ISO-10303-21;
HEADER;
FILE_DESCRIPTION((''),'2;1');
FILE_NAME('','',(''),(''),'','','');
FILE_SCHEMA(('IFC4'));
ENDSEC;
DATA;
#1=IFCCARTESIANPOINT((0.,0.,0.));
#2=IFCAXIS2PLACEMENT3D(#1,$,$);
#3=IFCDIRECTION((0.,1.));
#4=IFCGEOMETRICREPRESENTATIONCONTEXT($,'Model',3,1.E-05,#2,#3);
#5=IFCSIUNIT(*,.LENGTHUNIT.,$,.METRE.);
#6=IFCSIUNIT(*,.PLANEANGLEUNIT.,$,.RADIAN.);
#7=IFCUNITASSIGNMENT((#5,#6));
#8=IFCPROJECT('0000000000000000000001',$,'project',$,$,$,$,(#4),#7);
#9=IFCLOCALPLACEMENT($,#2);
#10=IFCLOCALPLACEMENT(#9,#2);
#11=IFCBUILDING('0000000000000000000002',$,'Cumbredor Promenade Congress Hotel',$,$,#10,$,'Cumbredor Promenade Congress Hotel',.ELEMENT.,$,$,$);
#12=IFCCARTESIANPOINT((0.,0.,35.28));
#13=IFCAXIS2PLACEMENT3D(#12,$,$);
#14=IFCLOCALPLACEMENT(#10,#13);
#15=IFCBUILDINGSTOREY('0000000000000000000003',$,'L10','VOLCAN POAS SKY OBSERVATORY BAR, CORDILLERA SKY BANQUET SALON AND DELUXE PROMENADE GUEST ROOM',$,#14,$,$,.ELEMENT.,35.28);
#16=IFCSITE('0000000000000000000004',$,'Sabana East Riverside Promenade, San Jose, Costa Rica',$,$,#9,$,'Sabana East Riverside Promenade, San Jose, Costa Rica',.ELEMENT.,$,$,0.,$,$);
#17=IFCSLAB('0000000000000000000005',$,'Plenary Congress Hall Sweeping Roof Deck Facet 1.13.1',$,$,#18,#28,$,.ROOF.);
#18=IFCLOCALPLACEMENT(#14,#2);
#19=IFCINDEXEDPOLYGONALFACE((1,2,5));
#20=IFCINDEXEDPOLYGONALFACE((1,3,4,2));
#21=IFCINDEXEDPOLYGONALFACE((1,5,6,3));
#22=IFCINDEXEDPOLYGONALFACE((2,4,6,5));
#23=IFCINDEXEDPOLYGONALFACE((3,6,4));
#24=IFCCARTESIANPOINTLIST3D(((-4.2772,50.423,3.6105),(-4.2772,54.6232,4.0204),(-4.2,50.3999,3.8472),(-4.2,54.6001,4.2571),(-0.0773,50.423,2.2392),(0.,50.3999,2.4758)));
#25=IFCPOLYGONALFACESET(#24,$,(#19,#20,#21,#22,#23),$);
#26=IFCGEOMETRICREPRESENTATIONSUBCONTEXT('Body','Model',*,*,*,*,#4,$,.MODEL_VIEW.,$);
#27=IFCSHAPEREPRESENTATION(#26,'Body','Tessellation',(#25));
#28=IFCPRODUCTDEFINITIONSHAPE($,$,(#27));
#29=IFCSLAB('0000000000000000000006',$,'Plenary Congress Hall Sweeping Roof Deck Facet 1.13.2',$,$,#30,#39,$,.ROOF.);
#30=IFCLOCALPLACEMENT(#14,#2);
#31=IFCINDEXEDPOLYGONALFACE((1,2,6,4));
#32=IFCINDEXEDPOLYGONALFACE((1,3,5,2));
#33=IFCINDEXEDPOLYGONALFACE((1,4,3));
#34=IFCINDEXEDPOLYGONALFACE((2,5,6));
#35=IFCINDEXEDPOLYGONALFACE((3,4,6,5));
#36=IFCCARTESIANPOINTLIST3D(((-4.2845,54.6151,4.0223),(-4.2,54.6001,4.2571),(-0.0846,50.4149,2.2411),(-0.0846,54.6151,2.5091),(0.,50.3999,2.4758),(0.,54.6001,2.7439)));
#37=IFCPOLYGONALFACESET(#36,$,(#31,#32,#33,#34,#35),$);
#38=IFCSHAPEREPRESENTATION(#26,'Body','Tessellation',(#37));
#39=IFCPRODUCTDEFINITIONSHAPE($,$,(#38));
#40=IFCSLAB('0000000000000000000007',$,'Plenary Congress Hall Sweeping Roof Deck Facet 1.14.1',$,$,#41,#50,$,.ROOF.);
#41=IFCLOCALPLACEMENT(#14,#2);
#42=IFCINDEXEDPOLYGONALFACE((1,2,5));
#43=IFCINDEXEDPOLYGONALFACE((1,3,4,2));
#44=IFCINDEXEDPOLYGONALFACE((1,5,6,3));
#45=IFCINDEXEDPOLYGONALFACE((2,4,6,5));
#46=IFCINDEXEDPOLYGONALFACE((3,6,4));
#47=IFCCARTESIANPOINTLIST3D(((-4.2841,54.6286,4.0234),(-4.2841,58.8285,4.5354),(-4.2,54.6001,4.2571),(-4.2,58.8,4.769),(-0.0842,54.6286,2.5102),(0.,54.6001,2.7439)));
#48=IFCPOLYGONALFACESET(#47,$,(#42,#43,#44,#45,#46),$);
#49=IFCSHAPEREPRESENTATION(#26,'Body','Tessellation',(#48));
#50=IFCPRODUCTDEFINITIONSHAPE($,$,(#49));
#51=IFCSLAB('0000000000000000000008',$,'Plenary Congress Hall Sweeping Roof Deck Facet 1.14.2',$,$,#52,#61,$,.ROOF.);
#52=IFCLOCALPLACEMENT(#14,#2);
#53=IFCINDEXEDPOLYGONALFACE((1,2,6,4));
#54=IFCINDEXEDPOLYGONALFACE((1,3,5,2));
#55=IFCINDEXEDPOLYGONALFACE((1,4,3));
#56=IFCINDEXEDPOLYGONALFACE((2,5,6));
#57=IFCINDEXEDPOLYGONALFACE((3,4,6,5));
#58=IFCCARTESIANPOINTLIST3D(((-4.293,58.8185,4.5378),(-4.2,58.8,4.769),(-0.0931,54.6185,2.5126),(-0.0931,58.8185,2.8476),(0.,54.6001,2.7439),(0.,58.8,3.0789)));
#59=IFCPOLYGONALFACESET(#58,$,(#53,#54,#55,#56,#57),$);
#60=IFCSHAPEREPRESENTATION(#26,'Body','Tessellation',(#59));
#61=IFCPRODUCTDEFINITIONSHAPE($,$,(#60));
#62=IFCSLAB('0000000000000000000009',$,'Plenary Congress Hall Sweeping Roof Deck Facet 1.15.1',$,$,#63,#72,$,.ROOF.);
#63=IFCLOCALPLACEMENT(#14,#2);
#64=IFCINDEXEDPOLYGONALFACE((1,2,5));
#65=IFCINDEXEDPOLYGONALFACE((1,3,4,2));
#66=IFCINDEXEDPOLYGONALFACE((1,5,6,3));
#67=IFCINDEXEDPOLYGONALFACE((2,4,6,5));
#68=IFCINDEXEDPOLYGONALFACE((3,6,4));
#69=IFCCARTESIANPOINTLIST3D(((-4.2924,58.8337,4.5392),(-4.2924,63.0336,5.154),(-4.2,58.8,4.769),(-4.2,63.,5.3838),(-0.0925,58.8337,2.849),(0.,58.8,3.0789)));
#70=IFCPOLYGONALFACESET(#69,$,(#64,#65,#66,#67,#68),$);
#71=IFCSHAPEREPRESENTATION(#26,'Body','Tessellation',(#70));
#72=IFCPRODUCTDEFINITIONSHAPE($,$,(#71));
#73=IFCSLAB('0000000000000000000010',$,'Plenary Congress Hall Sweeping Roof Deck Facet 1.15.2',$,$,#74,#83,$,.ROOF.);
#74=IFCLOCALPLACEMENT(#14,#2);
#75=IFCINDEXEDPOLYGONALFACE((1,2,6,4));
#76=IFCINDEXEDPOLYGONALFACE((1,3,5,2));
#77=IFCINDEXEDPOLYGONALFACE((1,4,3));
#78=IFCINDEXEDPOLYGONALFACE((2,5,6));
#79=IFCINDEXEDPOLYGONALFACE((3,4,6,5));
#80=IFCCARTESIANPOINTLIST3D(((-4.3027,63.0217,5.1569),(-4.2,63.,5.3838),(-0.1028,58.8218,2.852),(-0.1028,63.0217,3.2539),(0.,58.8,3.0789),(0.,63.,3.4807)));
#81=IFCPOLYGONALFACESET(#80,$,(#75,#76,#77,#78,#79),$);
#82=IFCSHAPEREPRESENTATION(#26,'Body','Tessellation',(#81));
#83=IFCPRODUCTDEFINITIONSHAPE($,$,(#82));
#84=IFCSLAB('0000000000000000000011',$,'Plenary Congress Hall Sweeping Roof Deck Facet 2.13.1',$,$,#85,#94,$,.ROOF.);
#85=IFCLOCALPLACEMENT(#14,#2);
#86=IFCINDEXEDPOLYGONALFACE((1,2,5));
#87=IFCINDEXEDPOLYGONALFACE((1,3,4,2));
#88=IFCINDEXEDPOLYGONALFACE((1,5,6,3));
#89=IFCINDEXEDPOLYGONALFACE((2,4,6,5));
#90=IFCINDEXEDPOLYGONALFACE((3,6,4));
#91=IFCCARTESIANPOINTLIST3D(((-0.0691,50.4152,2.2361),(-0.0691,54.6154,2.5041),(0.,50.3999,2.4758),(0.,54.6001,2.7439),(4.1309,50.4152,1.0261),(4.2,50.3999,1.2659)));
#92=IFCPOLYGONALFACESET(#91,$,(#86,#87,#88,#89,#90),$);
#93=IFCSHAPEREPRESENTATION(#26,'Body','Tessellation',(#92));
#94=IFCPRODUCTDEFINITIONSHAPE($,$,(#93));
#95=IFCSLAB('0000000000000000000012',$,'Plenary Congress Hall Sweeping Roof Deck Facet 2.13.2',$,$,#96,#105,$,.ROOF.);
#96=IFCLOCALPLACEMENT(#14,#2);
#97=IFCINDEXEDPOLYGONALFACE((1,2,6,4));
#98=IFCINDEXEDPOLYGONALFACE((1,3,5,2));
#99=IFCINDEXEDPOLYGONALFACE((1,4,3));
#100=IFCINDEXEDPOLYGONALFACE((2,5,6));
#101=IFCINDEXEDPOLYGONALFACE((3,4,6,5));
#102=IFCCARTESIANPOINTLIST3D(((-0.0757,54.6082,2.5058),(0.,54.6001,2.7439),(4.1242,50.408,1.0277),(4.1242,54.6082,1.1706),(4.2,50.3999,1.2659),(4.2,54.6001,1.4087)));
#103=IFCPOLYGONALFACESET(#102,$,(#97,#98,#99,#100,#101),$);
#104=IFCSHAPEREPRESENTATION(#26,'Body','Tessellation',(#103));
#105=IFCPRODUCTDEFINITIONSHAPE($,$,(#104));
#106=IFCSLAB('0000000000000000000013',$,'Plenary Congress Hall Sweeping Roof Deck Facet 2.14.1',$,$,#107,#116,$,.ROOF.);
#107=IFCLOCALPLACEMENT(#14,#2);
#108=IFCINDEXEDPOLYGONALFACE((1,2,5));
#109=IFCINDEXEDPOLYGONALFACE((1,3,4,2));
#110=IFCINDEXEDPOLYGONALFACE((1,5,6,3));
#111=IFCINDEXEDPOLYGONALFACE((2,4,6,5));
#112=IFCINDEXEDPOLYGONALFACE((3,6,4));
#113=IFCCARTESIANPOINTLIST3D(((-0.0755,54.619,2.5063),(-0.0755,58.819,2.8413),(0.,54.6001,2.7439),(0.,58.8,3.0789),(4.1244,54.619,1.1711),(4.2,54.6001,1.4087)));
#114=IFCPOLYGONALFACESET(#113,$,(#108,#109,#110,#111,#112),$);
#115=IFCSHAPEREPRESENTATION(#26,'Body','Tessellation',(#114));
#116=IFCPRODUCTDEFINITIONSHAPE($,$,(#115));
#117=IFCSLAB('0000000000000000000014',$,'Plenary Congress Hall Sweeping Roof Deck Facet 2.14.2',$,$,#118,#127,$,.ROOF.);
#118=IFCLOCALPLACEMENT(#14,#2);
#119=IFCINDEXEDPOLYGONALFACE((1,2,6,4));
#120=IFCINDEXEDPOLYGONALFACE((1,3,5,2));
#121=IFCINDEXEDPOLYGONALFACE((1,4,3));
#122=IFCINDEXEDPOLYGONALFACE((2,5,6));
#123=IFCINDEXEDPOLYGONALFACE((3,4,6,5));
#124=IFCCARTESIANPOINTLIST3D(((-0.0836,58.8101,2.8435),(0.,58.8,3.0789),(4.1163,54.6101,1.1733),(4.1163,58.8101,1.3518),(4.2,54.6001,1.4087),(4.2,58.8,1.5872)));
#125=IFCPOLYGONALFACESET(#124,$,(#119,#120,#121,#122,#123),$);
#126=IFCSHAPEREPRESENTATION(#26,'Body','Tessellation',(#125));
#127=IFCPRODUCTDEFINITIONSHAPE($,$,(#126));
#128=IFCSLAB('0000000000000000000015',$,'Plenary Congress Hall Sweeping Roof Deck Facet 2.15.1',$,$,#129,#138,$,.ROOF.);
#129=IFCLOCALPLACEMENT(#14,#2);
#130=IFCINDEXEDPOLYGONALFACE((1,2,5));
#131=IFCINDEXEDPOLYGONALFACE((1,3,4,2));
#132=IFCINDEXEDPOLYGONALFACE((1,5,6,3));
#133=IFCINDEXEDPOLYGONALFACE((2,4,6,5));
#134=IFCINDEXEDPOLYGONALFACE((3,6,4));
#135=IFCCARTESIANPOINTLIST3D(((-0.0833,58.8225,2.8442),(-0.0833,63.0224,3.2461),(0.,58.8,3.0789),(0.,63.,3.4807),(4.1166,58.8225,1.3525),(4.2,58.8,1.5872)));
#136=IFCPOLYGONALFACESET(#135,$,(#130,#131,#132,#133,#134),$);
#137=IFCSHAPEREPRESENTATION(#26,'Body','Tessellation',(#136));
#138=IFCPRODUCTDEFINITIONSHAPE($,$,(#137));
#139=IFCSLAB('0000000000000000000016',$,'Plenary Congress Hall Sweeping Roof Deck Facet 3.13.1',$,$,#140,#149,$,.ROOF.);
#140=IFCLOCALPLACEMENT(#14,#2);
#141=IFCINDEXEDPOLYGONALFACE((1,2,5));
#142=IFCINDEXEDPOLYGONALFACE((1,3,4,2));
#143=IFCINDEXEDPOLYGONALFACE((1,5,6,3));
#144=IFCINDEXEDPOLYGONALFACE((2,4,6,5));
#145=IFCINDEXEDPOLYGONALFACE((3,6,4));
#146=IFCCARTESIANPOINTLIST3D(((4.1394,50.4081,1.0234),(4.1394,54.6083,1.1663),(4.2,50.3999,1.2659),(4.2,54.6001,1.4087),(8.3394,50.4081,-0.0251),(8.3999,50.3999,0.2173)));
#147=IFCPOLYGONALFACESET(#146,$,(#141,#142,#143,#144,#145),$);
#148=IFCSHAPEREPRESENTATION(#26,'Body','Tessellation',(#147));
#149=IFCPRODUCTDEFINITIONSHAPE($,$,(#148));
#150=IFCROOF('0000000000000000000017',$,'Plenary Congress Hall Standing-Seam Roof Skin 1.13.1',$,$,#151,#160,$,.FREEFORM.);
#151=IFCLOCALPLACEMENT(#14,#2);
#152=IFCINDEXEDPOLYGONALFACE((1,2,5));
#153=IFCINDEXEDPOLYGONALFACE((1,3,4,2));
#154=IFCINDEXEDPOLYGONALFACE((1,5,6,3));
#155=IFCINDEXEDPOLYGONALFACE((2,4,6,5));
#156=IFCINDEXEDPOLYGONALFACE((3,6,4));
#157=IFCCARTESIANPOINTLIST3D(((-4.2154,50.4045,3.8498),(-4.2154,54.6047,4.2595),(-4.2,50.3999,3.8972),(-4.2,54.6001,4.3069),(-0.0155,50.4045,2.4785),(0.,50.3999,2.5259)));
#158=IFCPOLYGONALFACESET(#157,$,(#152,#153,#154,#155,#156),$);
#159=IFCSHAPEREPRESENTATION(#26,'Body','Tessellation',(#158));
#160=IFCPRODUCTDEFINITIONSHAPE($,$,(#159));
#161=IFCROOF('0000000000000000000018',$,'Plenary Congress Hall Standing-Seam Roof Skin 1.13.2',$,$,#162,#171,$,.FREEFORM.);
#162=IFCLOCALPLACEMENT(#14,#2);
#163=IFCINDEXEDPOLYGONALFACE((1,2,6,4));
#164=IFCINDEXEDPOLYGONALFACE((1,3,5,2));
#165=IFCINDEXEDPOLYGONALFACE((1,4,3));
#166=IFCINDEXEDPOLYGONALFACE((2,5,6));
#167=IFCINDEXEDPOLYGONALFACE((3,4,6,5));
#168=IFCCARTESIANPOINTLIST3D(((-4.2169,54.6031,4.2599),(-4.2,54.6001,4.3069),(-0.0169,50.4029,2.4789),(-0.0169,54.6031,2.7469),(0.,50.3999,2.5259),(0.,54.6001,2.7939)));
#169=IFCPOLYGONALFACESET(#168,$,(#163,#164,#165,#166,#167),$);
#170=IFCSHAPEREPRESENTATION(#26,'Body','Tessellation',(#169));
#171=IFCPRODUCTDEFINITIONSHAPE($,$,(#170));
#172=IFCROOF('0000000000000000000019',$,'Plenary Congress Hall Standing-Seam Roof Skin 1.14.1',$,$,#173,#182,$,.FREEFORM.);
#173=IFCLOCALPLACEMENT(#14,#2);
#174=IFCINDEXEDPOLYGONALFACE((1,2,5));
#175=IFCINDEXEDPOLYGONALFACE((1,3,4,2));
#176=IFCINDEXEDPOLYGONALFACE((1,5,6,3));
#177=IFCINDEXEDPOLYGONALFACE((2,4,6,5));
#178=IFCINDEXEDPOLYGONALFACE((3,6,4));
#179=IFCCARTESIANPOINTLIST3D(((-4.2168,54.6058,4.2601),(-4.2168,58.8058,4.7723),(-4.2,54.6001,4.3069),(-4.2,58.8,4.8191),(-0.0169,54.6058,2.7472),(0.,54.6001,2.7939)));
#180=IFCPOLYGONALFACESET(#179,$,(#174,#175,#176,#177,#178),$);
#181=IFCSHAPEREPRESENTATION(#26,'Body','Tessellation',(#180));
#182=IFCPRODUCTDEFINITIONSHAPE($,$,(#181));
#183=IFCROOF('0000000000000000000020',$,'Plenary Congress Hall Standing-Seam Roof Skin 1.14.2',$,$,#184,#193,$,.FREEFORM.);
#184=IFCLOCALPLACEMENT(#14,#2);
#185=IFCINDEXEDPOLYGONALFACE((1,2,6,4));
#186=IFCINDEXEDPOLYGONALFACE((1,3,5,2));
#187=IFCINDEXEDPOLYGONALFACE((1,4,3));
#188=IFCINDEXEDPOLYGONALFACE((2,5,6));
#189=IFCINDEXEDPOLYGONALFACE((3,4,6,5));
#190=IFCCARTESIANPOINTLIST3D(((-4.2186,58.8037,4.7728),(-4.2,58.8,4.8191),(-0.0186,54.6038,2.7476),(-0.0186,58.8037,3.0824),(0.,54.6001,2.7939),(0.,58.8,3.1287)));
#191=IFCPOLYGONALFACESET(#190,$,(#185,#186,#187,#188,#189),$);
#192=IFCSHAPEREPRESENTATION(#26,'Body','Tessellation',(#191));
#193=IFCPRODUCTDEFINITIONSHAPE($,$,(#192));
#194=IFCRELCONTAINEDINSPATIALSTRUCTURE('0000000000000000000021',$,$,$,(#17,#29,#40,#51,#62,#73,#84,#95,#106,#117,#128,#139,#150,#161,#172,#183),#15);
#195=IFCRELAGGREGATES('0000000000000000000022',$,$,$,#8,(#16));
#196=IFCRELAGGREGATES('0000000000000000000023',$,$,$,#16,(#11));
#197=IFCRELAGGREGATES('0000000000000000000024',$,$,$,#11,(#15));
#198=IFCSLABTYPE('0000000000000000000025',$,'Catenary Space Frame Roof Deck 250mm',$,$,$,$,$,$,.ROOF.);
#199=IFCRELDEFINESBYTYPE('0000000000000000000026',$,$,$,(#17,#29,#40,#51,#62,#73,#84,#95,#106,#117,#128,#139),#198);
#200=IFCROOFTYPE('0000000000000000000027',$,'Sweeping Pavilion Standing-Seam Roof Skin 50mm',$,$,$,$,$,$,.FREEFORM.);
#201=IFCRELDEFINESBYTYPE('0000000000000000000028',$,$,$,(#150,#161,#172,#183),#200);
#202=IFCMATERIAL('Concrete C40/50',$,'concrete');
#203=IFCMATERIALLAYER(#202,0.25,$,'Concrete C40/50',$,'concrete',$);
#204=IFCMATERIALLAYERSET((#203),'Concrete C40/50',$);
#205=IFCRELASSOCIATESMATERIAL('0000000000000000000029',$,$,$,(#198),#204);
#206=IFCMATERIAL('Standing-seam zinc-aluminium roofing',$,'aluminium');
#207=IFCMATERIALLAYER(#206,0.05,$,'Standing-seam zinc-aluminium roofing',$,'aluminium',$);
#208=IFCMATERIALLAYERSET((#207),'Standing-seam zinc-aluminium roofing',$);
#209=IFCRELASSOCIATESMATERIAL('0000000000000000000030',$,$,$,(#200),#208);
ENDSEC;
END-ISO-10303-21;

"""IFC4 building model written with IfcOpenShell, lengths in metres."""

from ifc_helpers import new_model, si_unit, direction, frame, origin, place, context, subcontext, project, spatial, polyline, outline, extrude, material, layer, layer_set, type_object, element, save


model = new_model("IFC4")

# Units and contexts
model_context = context("Model", 3, precision=1e-05, world=origin(), true_north=direction((0.0, 1.0)))
body_context = subcontext(model_context, "Body", "Model", "MODEL_VIEW")
ifc_project = project(units=[si_unit("LENGTHUNIT", "METRE"), si_unit("PLANEANGLEUNIT", "RADIAN")], contexts=[model_context])

# Site, building, storey
site_placement = place(None, origin())
site = spatial("IfcSite", under=ifc_project, at=site_placement, Name="Sabana East Riverside Promenade, San Jose, Costa Rica", LongName="Sabana East Riverside Promenade, San Jose, Costa Rica", CompositionType="ELEMENT", RefElevation=0.0)
building_placement = place(site_placement, origin())
building = spatial("IfcBuilding", under=site, at=building_placement, Name="Cumbredor Promenade Congress Hotel", LongName="Cumbredor Promenade Congress Hotel", CompositionType="ELEMENT")
storey_placement = place(building_placement, frame((0.0, 0.0, 35.28)))
storey = spatial("IfcBuildingStorey", under=building, at=storey_placement, Name="L10", Description="VOLCAN POAS SKY OBSERVATORY BAR, CORDILLERA SKY BANQUET SALON AND DELUXE PROMENADE GUEST ROOM", CompositionType="ELEMENT", Elevation=35.28)

# Slabs
ifc_material_1 = material(Name="Concrete C40/50", Category="concrete")
ifc_layer_1 = layer(ifc_material_1, 0.25, Name="Concrete C40/50", Category="concrete")
ifc_layer_set_1 = layer_set([ifc_layer_1], Name="Concrete C40/50")
slab_type = type_object("IfcSlabType", Name="Catenary Space Frame Roof Deck 250mm", PredefinedType="ROOF", material=ifc_layer_set_1)
slab_1_placement = place(storey_placement, frame((-4.2, 50.3999, 3.8472), z_axis=(0.309059, -0.092377, 0.946546), x_axis=(0.95061, 0.0, -0.310386)))
element("IfcSlab", 1, at=slab_1_placement, inside=storey, type_object=slab_type, Name="Plenary Congress Hall Sweeping Roof Deck Facet 1.13.1", PredefinedType="ROOF", context=body_context, shape_type="SweptSolid", body=[
    extrude(outline(polyline([(0.0, 0.0), (4.4182, 0.0), (-0.1272, 4.2182), (0.0, 0.0)])), origin(), (0.0, 0.0, -1.0), 0.25),
])
slab_2_placement = place(storey_placement, frame((0.0, 50.3999, 2.4758), z_axis=(0.338348, -0.059936, 0.93911), x_axis=(0.0, 0.99797, 0.063693)))
element("IfcSlab", 2, at=slab_2_placement, inside=storey, type_object=slab_type, Name="Plenary Congress Hall Sweeping Roof Deck Facet 1.13.2", PredefinedType="ROOF", context=body_context, shape_type="SweptSolid", body=[
    extrude(outline(polyline([(0.0, 0.0), (4.2087, 0.0), (4.3051, 4.4632), (0.0, 0.0)])), origin(), (0.0, 0.0, -1.0), 0.25),
])
slab_3_placement = place(storey_placement, frame((-4.2, 54.6001, 4.2571), z_axis=(0.33675, -0.113934, 0.934675), x_axis=(0.940802, 0.0, -0.338958)))
element("IfcSlab", 3, at=slab_3_placement, inside=storey, type_object=slab_type, Name="Plenary Congress Hall Sweeping Roof Deck Facet 1.14.1", PredefinedType="ROOF", context=body_context, shape_type="SweptSolid", body=[
    extrude(outline(polyline([(0.0, 0.0), (4.4642, 0.0), (-0.1735, 4.2275), (0.0, 0.0)])), origin(), (0.0, 0.0, -1.0), 0.25),
])
slab_4_placement = place(storey_placement, frame((0.0, 54.6001, 2.7439), z_axis=(0.372315, -0.073785, 0.925169), x_axis=(0.0, 0.996835, 0.079501)))
element("IfcSlab", 4, at=slab_4_placement, inside=storey, type_object=slab_type, Name="Plenary Congress Hall Sweeping Roof Deck Facet 1.14.2", PredefinedType="ROOF", context=body_context, shape_type="SweptSolid", body=[
    extrude(outline(polyline([(0.0, 0.0), (4.2133, 0.0), (4.3477, 4.5253), (0.0, 0.0)])), origin(), (0.0, 0.0, -1.0), 0.25),
])
slab_5_placement = place(storey_placement, frame((-4.2, 58.8, 4.769), z_axis=(0.369938, -0.134552, 0.919261), x_axis=(0.927697, 0.0, -0.373333)))
element("IfcSlab", 5, at=slab_5_placement, inside=storey, type_object=slab_type, Name="Plenary Congress Hall Sweeping Roof Deck Facet 1.15.1", PredefinedType="ROOF", context=body_context, shape_type="SweptSolid", body=[
    extrude(outline(polyline([(0.0, 0.0), (4.5273, 0.0), (-0.2295, 4.2385), (0.0, 0.0)])), origin(), (0.0, 0.0, -1.0), 0.25),
])
slab_6_placement = place(storey_placement, frame((0.0, 58.8, 3.0789), z_axis=(0.411167, -0.086822, 0.907416), x_axis=(0.0, 0.995454, 0.095246)))
element("IfcSlab", 6, at=slab_6_placement, inside=storey, type_object=slab_type, Name="Plenary Congress Hall Sweeping Roof Deck Facet 1.15.2", PredefinedType="ROOF", context=body_context, shape_type="SweptSolid", body=[
    extrude(outline(polyline([(0.0, 0.0), (4.2191, 0.0), (4.4004, 4.6074), (0.0, 0.0)])), origin(), (0.0, 0.0, -1.0), 0.25),
])
slab_7_placement = place(storey_placement, frame((0.0, 50.3999, 2.4758), z_axis=(0.276311, -0.061213, 0.959117), x_axis=(0.960919, 0.0, -0.27683)))
element("IfcSlab", 7, at=slab_7_placement, inside=storey, type_object=slab_type, Name="Plenary Congress Hall Sweeping Roof Deck Facet 2.13.1", PredefinedType="ROOF", context=body_context, shape_type="SweptSolid", body=[
    extrude(outline(polyline([(0.0, 0.0), (4.3708, 0.0), (-0.0742, 4.2081), (0.0, 0.0)])), origin(), (0.0, 0.0, -1.0), 0.25),
])
slab_8_placement = place(storey_placement, frame((4.2, 50.3999, 1.2659), z_axis=(0.302809, -0.032389, 0.952501), x_axis=(0.0, 0.999422, 0.033984)))
element("IfcSlab", 8, at=slab_8_placement, inside=storey, type_object=slab_type, Name="Plenary Congress Hall Sweeping Roof Deck Facet 2.13.2", PredefinedType="ROOF", context=body_context, shape_type="SweptSolid", body=[
    extrude(outline(polyline([(0.0, 0.0), (4.2026, 0.0), (4.248, 4.4068), (0.0, 0.0)])), origin(), (0.0, 0.0, -1.0), 0.25),
])
slab_9_placement = place(storey_placement, frame((0.0, 54.6001, 2.7439), z_axis=(0.302097, -0.075787, 0.95026), x_axis=(0.953001, 0.0, -0.302968)))
element("IfcSlab", 9, at=slab_9_placement, inside=storey, type_object=slab_type, Name="Plenary Congress Hall Sweeping Roof Deck Facet 2.14.1", PredefinedType="ROOF", context=body_context, shape_type="SweptSolid", body=[
    extrude(outline(polyline([(0.0, 0.0), (4.4071, 0.0), (-0.1015, 4.2121), (0.0, 0.0)])), origin(), (0.0, 0.0, -1.0), 0.25),
])
slab_10_placement = place(storey_placement, frame((4.2, 54.6001, 1.4087), z_axis=(0.33442, -0.04001, 0.941575), x_axis=(0.0, 0.999098, 0.042454)))
element("IfcSlab", 10, at=slab_10_placement, inside=storey, type_object=slab_type, Name="Plenary Congress Hall Sweeping Roof Deck Facet 2.14.2", PredefinedType="ROOF", context=body_context, shape_type="SweptSolid", body=[
    extrude(outline(polyline([(0.0, 0.0), (4.2037, 0.0), (4.2671, 4.4565), (0.0, 0.0)])), origin(), (0.0, 0.0, -1.0), 0.25),
])
slab_11_placement = place(storey_placement, frame((0.0, 58.8, 3.0789), z_axis=(0.333335, -0.089799, 0.938522), x_axis=(0.942329, 0.0, -0.334688)))
element("IfcSlab", 11, at=slab_11_placement, inside=storey, type_object=slab_type, Name="Plenary Congress Hall Sweeping Roof Deck Facet 2.15.1", PredefinedType="ROOF", context=body_context, shape_type="SweptSolid", body=[
    extrude(outline(polyline([(0.0, 0.0), (4.457, 0.0), (-0.1345, 4.217), (0.0, 0.0)])), origin(), (0.0, 0.0, -1.0), 0.25),
])
slab_12_placement = place(storey_placement, frame((4.2, 50.3999, 1.2659), z_axis=(0.242099, -0.032973, 0.969691), x_axis=(0.970219, 0.0, -0.24223)))
element("IfcSlab", 12, at=slab_12_placement, inside=storey, type_object=slab_type, Name="Plenary Congress Hall Sweeping Roof Deck Facet 3.13.1", PredefinedType="ROOF", context=body_context, shape_type="SweptSolid", body=[
    extrude(outline(polyline([(0.0, 0.0), (4.3289, 0.0), (-0.0346, 4.2025), (0.0, 0.0)])), origin(), (0.0, 0.0, -1.0), 0.25),
])

# Roofs
ifc_material_2 = material(Name="Standing-seam zinc-aluminium roofing", Category="aluminium")
ifc_layer_2 = layer(ifc_material_2, 0.05, Name="Standing-seam zinc-aluminium roofing", Category="aluminium")
ifc_layer_set_2 = layer_set([ifc_layer_2], Name="Standing-seam zinc-aluminium roofing")
roof_type = type_object("IfcRoofType", Name="Sweeping Pavilion Standing-Seam Roof Skin 50mm", PredefinedType="FREEFORM", material=ifc_layer_set_2)
roof_1_placement = place(storey_placement, frame((-4.2, 50.3999, 3.8972), z_axis=(0.309061, -0.092322, 0.946551), x_axis=(0.95061, 0.0, -0.310386)))
element("IfcRoof", 13, at=roof_1_placement, inside=storey, type_object=roof_type, Name="Plenary Congress Hall Standing-Seam Roof Skin 1.13.1", PredefinedType="FREEFORM", context=body_context, shape_type="SweptSolid", body=[
    extrude(outline(polyline([(0.0, 0.0), (4.4182, 0.0), (-0.1272, 4.2182), (0.0, 0.0)])), origin(), (0.0, 0.0, -1.0), 0.05),
])
roof_2_placement = place(storey_placement, frame((0.0, 50.3999, 2.5259), z_axis=(0.3383, -0.059937, 0.939128), x_axis=(0.0, 0.99797, 0.063693)))
element("IfcRoof", 14, at=roof_2_placement, inside=storey, type_object=roof_type, Name="Plenary Congress Hall Standing-Seam Roof Skin 1.13.2", PredefinedType="FREEFORM", context=body_context, shape_type="SweptSolid", body=[
    extrude(outline(polyline([(0.0, 0.0), (4.2087, 0.0), (4.3051, 4.4631), (0.0, 0.0)])), origin(), (0.0, 0.0, -1.0), 0.05),
])
roof_3_placement = place(storey_placement, frame((-4.2, 54.6001, 4.3069), z_axis=(0.3367, -0.11399, 0.934687), x_axis=(0.940819, 0.0, -0.338909)))
element("IfcRoof", 15, at=roof_3_placement, inside=storey, type_object=roof_type, Name="Plenary Congress Hall Standing-Seam Roof Skin 1.14.1", PredefinedType="FREEFORM", context=body_context, shape_type="SweptSolid", body=[
    extrude(outline(polyline([(0.0, 0.0), (4.4641, 0.0), (-0.1736, 4.2275), (0.0, 0.0)])), origin(), (0.0, 0.0, -1.0), 0.05),
])
roof_4_placement = place(storey_placement, frame((0.0, 54.6001, 2.7939), z_axis=(0.372363, -0.07373, 0.925154), x_axis=(0.0, 0.996839, 0.079444)))
element("IfcRoof", 16, at=roof_4_placement, inside=storey, type_object=roof_type, Name="Plenary Congress Hall Standing-Seam Roof Skin 1.14.2", PredefinedType="FREEFORM", context=body_context, shape_type="SweptSolid", body=[
    extrude(outline(polyline([(0.0, 0.0), (4.2133, 0.0), (4.3476, 4.5254), (0.0, 0.0)])), origin(), (0.0, 0.0, -1.0), 0.05),
])

save(model, "model.ifc")
